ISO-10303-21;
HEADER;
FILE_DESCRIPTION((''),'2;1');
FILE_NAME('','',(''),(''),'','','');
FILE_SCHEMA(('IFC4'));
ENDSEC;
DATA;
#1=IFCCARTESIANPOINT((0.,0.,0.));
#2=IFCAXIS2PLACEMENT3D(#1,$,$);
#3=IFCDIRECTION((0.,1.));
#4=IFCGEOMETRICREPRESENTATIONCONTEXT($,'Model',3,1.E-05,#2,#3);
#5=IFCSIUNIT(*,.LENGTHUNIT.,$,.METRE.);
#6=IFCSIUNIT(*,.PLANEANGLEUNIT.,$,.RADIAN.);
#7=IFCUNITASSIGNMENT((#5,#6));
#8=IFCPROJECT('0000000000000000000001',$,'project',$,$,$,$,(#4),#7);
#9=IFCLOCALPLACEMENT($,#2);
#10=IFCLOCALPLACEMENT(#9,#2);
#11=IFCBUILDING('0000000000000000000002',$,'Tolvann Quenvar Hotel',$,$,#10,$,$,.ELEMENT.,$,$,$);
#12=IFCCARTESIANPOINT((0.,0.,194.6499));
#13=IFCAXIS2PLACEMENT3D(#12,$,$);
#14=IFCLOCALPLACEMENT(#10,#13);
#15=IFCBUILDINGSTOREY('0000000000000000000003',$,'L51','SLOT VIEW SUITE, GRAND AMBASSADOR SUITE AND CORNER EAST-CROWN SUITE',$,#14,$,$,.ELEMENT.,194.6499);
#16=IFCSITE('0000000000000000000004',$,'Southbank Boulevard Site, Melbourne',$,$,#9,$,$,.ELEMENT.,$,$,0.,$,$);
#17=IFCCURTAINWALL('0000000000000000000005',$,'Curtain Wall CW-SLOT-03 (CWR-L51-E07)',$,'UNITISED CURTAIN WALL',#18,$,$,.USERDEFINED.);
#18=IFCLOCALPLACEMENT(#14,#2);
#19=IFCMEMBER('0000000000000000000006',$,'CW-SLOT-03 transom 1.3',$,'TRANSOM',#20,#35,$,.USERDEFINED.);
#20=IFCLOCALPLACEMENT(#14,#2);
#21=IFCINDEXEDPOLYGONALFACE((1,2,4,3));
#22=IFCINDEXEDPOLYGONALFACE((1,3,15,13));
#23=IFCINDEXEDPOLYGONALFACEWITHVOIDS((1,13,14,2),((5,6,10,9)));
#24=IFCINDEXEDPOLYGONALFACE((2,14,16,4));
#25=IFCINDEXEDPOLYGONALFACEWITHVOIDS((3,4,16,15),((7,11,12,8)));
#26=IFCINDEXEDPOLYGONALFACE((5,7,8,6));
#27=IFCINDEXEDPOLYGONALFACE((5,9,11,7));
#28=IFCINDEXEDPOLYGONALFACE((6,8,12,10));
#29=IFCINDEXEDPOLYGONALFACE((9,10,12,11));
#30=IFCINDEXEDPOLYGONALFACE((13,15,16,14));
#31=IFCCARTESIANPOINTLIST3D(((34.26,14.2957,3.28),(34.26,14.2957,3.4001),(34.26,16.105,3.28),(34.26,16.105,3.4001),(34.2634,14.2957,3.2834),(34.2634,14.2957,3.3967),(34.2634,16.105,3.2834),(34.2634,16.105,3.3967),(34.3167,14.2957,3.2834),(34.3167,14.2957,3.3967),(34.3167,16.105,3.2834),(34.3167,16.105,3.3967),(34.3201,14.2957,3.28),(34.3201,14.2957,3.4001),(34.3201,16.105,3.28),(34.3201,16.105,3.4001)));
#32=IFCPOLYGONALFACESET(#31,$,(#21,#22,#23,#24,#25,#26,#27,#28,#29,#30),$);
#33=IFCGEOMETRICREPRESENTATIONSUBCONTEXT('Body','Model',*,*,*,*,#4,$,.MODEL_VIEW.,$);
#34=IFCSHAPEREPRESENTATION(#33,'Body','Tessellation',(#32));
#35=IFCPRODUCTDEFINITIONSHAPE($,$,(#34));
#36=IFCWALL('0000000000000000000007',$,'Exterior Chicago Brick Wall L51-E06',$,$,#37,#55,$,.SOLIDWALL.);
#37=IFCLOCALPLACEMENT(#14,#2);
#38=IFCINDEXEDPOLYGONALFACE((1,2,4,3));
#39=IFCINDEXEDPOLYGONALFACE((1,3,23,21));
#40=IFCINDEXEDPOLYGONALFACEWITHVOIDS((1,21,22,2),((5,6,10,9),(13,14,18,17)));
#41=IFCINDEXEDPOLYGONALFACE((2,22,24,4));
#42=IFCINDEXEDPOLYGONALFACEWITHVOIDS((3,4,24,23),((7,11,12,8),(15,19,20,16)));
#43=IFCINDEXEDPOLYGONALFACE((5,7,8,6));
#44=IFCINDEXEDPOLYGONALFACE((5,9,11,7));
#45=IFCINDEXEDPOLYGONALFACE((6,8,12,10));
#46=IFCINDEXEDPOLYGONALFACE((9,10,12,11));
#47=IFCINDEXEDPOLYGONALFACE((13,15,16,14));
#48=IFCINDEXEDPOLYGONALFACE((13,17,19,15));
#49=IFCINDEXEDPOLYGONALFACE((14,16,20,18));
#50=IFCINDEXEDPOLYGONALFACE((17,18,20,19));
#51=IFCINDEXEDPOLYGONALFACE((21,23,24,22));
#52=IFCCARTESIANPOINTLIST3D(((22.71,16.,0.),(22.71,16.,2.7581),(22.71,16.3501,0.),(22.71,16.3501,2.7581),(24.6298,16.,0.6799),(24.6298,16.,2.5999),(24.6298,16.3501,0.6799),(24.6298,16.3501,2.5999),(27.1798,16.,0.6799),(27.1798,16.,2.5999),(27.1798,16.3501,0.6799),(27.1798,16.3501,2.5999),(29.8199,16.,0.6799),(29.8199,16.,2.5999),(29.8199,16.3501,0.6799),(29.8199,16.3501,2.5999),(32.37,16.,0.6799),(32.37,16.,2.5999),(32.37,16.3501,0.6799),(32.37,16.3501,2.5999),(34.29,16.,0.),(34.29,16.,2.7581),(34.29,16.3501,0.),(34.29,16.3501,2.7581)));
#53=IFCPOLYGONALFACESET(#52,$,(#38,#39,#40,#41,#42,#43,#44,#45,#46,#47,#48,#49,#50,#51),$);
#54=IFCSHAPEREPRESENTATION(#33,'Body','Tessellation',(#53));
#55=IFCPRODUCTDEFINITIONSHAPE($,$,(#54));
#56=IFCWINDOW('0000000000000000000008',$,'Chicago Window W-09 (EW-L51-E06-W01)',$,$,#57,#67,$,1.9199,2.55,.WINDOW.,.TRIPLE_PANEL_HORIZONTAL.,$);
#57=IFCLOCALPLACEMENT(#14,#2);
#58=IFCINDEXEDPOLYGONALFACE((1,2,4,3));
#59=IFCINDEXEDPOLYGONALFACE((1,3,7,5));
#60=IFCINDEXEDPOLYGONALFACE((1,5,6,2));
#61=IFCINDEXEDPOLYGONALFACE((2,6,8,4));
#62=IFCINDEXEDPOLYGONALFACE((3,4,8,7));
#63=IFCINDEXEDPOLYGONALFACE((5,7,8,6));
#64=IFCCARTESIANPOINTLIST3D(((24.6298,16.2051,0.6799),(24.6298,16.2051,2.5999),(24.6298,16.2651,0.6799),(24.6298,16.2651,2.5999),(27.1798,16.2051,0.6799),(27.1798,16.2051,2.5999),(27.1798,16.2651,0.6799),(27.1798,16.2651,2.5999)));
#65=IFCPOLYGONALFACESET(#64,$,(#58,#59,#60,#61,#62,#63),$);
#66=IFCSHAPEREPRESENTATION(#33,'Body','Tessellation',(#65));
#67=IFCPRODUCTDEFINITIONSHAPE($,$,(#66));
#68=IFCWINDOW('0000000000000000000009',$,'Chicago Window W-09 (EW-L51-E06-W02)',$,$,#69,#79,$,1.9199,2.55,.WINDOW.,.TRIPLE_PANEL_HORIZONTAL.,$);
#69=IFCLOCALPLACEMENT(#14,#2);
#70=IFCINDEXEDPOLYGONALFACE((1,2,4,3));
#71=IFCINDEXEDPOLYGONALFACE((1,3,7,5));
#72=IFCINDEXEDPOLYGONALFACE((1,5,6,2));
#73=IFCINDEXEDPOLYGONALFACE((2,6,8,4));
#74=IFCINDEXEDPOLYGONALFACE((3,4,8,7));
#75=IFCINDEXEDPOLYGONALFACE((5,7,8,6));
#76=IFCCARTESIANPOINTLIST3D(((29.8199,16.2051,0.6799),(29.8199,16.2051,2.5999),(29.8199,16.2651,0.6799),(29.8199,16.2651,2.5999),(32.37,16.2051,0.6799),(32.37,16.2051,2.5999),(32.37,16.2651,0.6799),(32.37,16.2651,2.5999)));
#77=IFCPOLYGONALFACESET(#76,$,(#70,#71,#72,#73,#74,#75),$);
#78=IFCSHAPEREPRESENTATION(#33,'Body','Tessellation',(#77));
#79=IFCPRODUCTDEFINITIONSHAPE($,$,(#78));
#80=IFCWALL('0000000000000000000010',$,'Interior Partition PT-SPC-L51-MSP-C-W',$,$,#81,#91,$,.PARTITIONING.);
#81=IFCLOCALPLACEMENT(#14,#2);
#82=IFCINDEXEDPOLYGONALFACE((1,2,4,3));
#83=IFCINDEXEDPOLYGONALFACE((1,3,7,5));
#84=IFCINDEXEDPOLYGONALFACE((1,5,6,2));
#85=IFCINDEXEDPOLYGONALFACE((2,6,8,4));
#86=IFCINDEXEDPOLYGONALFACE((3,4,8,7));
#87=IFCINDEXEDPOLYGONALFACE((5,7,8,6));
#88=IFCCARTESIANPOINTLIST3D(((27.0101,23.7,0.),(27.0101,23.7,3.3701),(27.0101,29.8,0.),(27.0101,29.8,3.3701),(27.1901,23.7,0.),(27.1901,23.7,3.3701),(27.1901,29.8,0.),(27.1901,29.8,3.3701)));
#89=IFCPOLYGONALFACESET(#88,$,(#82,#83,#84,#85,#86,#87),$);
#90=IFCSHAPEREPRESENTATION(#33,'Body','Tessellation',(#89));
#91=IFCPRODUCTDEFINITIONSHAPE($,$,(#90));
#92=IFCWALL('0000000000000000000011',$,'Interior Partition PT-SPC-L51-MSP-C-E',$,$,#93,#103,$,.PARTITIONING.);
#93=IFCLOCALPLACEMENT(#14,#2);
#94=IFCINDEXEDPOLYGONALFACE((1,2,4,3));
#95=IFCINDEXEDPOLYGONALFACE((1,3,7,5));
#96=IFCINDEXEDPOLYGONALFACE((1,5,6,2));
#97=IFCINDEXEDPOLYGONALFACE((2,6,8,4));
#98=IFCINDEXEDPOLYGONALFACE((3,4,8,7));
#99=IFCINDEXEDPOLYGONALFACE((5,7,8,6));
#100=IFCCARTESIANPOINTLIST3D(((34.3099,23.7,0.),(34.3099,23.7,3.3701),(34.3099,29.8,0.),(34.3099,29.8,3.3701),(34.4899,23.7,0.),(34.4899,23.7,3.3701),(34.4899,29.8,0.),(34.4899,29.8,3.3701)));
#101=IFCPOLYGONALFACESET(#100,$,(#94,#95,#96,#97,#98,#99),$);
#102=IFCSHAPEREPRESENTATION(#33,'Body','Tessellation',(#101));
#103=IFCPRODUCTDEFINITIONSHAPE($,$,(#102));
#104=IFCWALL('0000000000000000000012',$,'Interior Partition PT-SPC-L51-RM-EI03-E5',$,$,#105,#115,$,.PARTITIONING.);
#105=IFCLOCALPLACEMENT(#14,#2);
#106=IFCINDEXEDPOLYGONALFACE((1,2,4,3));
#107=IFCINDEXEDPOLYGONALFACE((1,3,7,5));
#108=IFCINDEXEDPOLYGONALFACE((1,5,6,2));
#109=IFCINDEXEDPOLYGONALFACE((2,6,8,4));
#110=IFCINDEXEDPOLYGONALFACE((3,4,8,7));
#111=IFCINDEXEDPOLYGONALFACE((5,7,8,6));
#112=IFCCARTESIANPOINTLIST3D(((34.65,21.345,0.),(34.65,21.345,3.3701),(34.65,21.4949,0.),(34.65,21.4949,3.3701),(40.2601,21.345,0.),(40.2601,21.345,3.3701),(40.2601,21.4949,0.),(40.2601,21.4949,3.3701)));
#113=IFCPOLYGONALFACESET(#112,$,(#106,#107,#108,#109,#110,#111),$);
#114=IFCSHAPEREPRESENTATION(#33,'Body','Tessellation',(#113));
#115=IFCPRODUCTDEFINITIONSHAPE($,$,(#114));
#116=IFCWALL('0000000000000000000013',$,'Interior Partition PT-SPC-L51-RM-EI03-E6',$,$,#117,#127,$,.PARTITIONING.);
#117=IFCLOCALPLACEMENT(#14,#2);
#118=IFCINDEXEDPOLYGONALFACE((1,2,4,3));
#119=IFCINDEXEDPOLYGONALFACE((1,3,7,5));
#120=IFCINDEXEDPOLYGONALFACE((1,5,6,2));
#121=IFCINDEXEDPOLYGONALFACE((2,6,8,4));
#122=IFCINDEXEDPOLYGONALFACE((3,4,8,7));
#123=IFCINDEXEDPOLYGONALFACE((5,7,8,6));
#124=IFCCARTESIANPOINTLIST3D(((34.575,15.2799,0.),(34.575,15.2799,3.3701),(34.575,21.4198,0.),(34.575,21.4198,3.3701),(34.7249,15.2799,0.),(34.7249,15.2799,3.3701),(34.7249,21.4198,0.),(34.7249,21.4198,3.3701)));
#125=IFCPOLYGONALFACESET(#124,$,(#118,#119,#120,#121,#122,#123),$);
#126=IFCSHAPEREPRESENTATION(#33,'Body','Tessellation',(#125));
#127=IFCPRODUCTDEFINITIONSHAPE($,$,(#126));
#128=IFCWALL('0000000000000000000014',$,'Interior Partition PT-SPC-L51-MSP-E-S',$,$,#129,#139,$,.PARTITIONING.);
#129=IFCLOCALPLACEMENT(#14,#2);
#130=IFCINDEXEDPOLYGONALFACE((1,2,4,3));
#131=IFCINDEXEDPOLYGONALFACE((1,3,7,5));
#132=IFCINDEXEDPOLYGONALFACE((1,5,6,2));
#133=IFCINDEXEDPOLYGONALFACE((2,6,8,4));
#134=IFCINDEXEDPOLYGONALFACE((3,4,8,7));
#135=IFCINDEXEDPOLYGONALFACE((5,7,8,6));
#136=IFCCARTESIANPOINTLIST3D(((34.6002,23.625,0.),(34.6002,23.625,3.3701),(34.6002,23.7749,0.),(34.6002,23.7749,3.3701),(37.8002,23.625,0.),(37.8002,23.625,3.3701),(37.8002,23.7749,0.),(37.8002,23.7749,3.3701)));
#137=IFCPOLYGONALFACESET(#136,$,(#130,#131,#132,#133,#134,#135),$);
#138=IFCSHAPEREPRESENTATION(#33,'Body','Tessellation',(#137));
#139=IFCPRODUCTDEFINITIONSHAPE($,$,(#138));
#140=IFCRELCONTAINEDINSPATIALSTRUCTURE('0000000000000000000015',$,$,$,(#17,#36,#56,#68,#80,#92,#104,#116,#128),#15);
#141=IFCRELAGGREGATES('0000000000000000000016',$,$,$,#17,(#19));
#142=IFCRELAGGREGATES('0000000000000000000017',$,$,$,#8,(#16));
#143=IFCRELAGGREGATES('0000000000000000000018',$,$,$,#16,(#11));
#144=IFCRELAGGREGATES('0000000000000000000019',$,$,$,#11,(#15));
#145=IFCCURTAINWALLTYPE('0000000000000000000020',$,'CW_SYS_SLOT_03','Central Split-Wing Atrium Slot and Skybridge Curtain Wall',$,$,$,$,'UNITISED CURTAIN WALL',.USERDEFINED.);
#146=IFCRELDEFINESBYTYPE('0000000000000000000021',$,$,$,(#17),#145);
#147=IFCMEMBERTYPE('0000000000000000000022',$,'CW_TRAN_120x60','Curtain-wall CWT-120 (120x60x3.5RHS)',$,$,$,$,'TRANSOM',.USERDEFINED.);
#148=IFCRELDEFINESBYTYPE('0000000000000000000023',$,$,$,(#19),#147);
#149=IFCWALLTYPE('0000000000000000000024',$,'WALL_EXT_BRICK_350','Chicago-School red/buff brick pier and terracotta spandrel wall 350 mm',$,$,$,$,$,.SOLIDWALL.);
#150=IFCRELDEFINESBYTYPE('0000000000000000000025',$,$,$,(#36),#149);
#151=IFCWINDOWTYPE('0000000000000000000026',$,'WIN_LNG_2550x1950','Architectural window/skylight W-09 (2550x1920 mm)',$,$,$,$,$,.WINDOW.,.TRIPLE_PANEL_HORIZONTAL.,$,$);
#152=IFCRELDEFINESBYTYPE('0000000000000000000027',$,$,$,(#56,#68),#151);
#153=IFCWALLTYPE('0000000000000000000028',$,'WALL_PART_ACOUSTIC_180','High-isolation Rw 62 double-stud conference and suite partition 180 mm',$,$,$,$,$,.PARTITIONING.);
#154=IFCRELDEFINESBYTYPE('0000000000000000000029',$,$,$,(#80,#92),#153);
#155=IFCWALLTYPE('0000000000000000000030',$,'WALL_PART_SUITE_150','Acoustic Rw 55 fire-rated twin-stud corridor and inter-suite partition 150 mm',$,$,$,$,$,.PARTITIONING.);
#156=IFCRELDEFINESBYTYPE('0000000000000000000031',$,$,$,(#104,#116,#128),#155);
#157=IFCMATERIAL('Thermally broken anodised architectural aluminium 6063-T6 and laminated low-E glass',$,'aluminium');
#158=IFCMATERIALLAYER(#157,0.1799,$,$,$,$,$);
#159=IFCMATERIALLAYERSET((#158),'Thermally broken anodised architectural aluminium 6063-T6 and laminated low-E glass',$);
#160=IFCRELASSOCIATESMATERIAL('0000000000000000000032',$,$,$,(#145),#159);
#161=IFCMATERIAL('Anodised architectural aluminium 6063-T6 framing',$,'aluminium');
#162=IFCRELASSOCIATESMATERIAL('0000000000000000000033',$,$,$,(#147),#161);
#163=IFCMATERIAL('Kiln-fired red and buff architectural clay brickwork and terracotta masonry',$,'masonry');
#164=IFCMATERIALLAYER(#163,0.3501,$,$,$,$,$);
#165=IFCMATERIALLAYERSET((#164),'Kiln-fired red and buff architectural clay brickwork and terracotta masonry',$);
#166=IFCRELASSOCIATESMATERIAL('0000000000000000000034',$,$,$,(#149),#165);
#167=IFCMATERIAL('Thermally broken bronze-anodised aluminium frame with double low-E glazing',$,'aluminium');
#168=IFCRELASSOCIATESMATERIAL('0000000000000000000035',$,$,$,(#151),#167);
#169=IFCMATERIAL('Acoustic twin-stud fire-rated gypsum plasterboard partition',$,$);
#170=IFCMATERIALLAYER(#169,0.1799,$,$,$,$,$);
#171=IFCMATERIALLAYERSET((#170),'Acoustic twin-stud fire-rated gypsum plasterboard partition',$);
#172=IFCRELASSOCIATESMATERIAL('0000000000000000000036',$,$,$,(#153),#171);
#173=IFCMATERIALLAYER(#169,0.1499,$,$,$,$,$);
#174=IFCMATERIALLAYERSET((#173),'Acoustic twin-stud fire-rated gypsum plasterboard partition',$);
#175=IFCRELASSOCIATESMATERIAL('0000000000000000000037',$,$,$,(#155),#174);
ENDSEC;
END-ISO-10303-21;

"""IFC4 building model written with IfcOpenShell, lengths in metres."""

from ifc_helpers import new_model, si_unit, direction, frame, frame_2d, origin, origin_2d, place, context, subcontext, project, spatial, rectangle, hollow_rectangle, extrude, source, transform, mapped, material, layer, layer_set, material_profile, profile_set, type_object, type_shapes, element, fill, aggregate, save


model = new_model("IFC4")

# Units and contexts
model_context = context("Model", 3, precision=1e-05, world=origin(), true_north=direction((0.0, 1.0)))
body_context = subcontext(model_context, "Body", "Model", "MODEL_VIEW")
ifc_project = project(units=[si_unit("LENGTHUNIT", "METRE"), si_unit("PLANEANGLEUNIT", "RADIAN")], contexts=[model_context])

# Site, building, storey
site_placement = place(None, origin())
site = spatial("IfcSite", under=ifc_project, at=site_placement, Name="Southbank Boulevard Site, Melbourne", CompositionType="ELEMENT", RefElevation=0.0)
building_placement = place(site_placement, origin())
building = spatial("IfcBuilding", under=site, at=building_placement, Name="Tolvann Quenvar Hotel", CompositionType="ELEMENT")
storey_placement = place(building_placement, frame((0.0, 0.0, 194.6499)))
storey = spatial("IfcBuildingStorey", under=building, at=storey_placement, Name="L51", Description="SLOT VIEW SUITE, GRAND AMBASSADOR SUITE AND CORNER EAST-CROWN SUITE", CompositionType="ELEMENT", Elevation=194.6499)

# Curtain wall, member
ifc_material_1 = material(Name="Thermally broken anodised architectural aluminium 6063-T6 and laminated low-E glass", Category="aluminium")
ifc_layer_1 = layer(ifc_material_1, 0.1799)
ifc_layer_set_1 = layer_set([ifc_layer_1], Name="Thermally broken anodised architectural aluminium 6063-T6 and laminated low-E glass")
curtain_wall_type = type_object("IfcCurtainWallType", Name="CW_SYS_SLOT_03", Description="Central Split-Wing Atrium Slot and Skybridge Curtain Wall", ElementType="UNITISED CURTAIN WALL", PredefinedType="USERDEFINED", material=ifc_layer_set_1)
curtain_wall_placement = place(storey_placement, origin())
curtain_wall = element("IfcCurtainWall", 1, at=curtain_wall_placement, inside=storey, type_object=curtain_wall_type, Name="Curtain Wall CW-SLOT-03 (CWR-L51-E07)", ObjectType="UNITISED CURTAIN WALL", PredefinedType="USERDEFINED")
ifc_material_2 = material(Name="Anodised architectural aluminium 6063-T6 framing", Category="aluminium")
ifc_material_profile_1 = material_profile(ifc_material_2, hollow_rectangle(XDim=0.0601, YDim=0.1201, WallThickness=0.0034, at=origin_2d()), Name="120x60x3.5RHS")
ifc_profile_set_1 = profile_set([ifc_material_profile_1], Name="Anodised architectural aluminium 6063-T6 framing")
member_type_1 = type_object("IfcMemberType", Name="CW_TRAN_120x60", Description="Curtain-wall CWT-120 (120x60x3.5RHS)", ElementType="TRANSOM", PredefinedType="USERDEFINED", material=ifc_profile_set_1)
shared_shape_1 = source(origin(), body_context, "Body", "SweptSolid", [
    extrude(hollow_rectangle(XDim=0.0601, YDim=0.1201, WallThickness=0.0034, at=origin_2d()), origin(), (0.0, 0.0, 1.0), 1.8093),
])
type_shapes(member_type_1, [shared_shape_1])
member_1_placement = place(storey_placement, frame((34.29, 16.105, 3.3401), z_axis=(0.0, -1.0, 0.0), x_axis=(1.0, 0.0, 0.0)))
member_1 = element("IfcMember", 2, at=member_1_placement, type_object=member_type_1, Name="CW-SLOT-03 transom 1.3", ObjectType="TRANSOM", PredefinedType="USERDEFINED", context=body_context, shape_type="MappedRepresentation", body=[
    mapped(shared_shape_1, transform((0.0, 0.0, 0.0), x_axis=(1.0, 0.0, 0.0), y_axis=(0.0, 1.0, 0.0), z_axis=(0.0, 0.0, 1.0), scale=1.0)),
])
aggregate(curtain_wall, [member_1])

# Wall, openings, windows
ifc_material_3 = material(Name="Kiln-fired red and buff architectural clay brickwork and terracotta masonry", Category="masonry")
ifc_layer_2 = layer(ifc_material_3, 0.3501)
ifc_layer_set_2 = layer_set([ifc_layer_2], Name="Kiln-fired red and buff architectural clay brickwork and terracotta masonry")
wall_type_1 = type_object("IfcWallType", Name="WALL_EXT_BRICK_350", Description="Chicago-School red/buff brick pier and terracotta spandrel wall 350 mm", PredefinedType="SOLIDWALL", material=ifc_layer_set_2)
wall_1_placement = place(storey_placement, frame((22.71, 16.175, 0.0), z_axis=(0.0, 0.0, 1.0), x_axis=(1.0, 0.0, 0.0)))
wall_1 = element("IfcWall", 3, at=wall_1_placement, inside=storey, type_object=wall_type_1, Name="Exterior Chicago Brick Wall L51-E06", PredefinedType="SOLIDWALL", context=body_context, shape_type="SweptSolid", body=[
    extrude(rectangle(XDim=11.5801, YDim=0.3501, at=frame_2d((5.79, 0.0))), origin(), (0.0, 0.0, 1.0), 2.7581),
])
opening_1_placement = place(wall_1_placement, frame((1.9199, 0.0, 0.6799)))
opening_1 = element("IfcOpeningElement", 4, at=opening_1_placement, cuts=wall_1, PredefinedType="OPENING", context=body_context, shape_type="SweptSolid", body=[
    extrude(rectangle(XDim=2.55, YDim=1.9199, at=frame_2d((1.2749, 0.96))), frame((0.0, 0.1851, 0.0), z_axis=(0.0, -1.0, 0.0), x_axis=(1.0, 0.0, 0.0)), (0.0, 0.0, 1.0), 0.3701),
])
opening_2_placement = place(wall_1_placement, frame((7.1101, 0.0, 0.6799)))
opening_2 = element("IfcOpeningElement", 5, at=opening_2_placement, cuts=wall_1, PredefinedType="OPENING", context=body_context, shape_type="SweptSolid", body=[
    extrude(rectangle(XDim=2.55, YDim=1.9199, at=frame_2d((1.2749, 0.96))), frame((0.0, 0.1851, 0.0), z_axis=(0.0, -1.0, 0.0), x_axis=(1.0, 0.0, 0.0)), (0.0, 0.0, 1.0), 0.3701),
])
ifc_material_4 = material(Name="Thermally broken bronze-anodised aluminium frame with double low-E glazing", Category="aluminium")
window_type = type_object("IfcWindowType", Name="WIN_LNG_2550x1950", Description="Architectural window/skylight W-09 (2550x1920 mm)", PartitioningType="TRIPLE_PANEL_HORIZONTAL", PredefinedType="WINDOW", material=ifc_material_4)
shared_shape_2 = source(origin(), body_context, "Body", "SweptSolid", [
    extrude(rectangle(XDim=2.55, YDim=1.9199, at=frame_2d((1.2749, 0.96))), frame((0.0, 0.0901, 0.0), z_axis=(0.0, -1.0, 0.0), x_axis=(1.0, 0.0, 0.0)), (0.0, 0.0, 1.0), 0.0601),
])
type_shapes(window_type, [shared_shape_2])
window_1_placement = place(opening_1_placement, origin())
window_1 = element("IfcWindow", 6, at=window_1_placement, inside=storey, type_object=window_type, Name="Chicago Window W-09 (EW-L51-E06-W01)", OverallHeight=1.9199, OverallWidth=2.55, PartitioningType="TRIPLE_PANEL_HORIZONTAL", PredefinedType="WINDOW", context=body_context, shape_type="MappedRepresentation", body=[
    mapped(shared_shape_2, transform((0.0, 0.0, 0.0), x_axis=(1.0, 0.0, 0.0), y_axis=(0.0, 1.0, 0.0), z_axis=(0.0, 0.0, 1.0), scale=1.0)),
])
fill(opening_1, window_1)
window_2_placement = place(opening_2_placement, origin())
window_2 = element("IfcWindow", 7, at=window_2_placement, inside=storey, type_object=window_type, Name="Chicago Window W-09 (EW-L51-E06-W02)", OverallHeight=1.9199, OverallWidth=2.55, PartitioningType="TRIPLE_PANEL_HORIZONTAL", PredefinedType="WINDOW", context=body_context, shape_type="MappedRepresentation", body=[
    mapped(shared_shape_2, transform((0.0, 0.0, 0.0), x_axis=(1.0, 0.0, 0.0), y_axis=(0.0, 1.0, 0.0), z_axis=(0.0, 0.0, 1.0), scale=1.0)),
])
fill(opening_2, window_2)

# Shared definitions
ifc_material_5 = material(Name="Acoustic twin-stud fire-rated gypsum plasterboard partition")
ifc_layer_3 = layer(ifc_material_5, 0.1799)
ifc_layer_set_3 = layer_set([ifc_layer_3], Name="Acoustic twin-stud fire-rated gypsum plasterboard partition")
wall_type_2 = type_object("IfcWallType", Name="WALL_PART_ACOUSTIC_180", Description="High-isolation Rw 62 double-stud conference and suite partition 180 mm", PredefinedType="PARTITIONING", material=ifc_layer_set_3)

# Walls
for number, where, z_axis, x_axis, name in (
    (8, (27.1001, 23.7, 0.0), (0.0, 0.0, 1.0), (0.0, 1.0, 0.0), "Interior Partition PT-SPC-L51-MSP-C-W"),
    (9, (34.3999, 23.7, 0.0), (0.0, 0.0, 1.0), (0.0, 1.0, 0.0), "Interior Partition PT-SPC-L51-MSP-C-E"),
):
    element("IfcWall", number, at=place(storey_placement, frame(where, z_axis=z_axis, x_axis=x_axis)), inside=storey, type_object=wall_type_2, Name=name, PredefinedType="PARTITIONING", context=body_context, shape_type="SweptSolid", body=[
        extrude(rectangle(XDim=6.1001, YDim=0.1799, at=frame_2d((3.05, 0.0))), origin(), (0.0, 0.0, 1.0), 3.3701),
    ])
ifc_layer_4 = layer(ifc_material_5, 0.1499)
ifc_layer_set_4 = layer_set([ifc_layer_4], Name="Acoustic twin-stud fire-rated gypsum plasterboard partition")
wall_type_3 = type_object("IfcWallType", Name="WALL_PART_SUITE_150", Description="Acoustic Rw 55 fire-rated twin-stud corridor and inter-suite partition 150 mm", PredefinedType="PARTITIONING", material=ifc_layer_set_4)
wall_2_placement = place(storey_placement, frame((34.6499, 21.4199, 0.0), z_axis=(0.0, 0.0, 1.0), x_axis=(1.0, 0.0, 0.0)))
element("IfcWall", 10, at=wall_2_placement, inside=storey, type_object=wall_type_3, Name="Interior Partition PT-SPC-L51-RM-EI03-E5", PredefinedType="PARTITIONING", context=body_context, shape_type="SweptSolid", body=[
    extrude(rectangle(XDim=5.6101, YDim=0.1499, at=frame_2d((2.8052, 0.0))), origin(), (0.0, 0.0, 1.0), 3.3701),
])
wall_3_placement = place(storey_placement, frame((34.6499, 15.28, 0.0), z_axis=(0.0, 0.0, 1.0), x_axis=(0.0, 1.0, 0.0)))
element("IfcWall", 11, at=wall_3_placement, inside=storey, type_object=wall_type_3, Name="Interior Partition PT-SPC-L51-RM-EI03-E6", PredefinedType="PARTITIONING", context=body_context, shape_type="SweptSolid", body=[
    extrude(rectangle(XDim=6.1399, YDim=0.1499, at=frame_2d((3.0698, 0.0))), origin(), (0.0, 0.0, 1.0), 3.3701),
])
wall_4_placement = place(storey_placement, frame((34.6001, 23.7, 0.0), z_axis=(0.0, 0.0, 1.0), x_axis=(1.0, 0.0, 0.0)))
element("IfcWall", 12, at=wall_4_placement, inside=storey, type_object=wall_type_3, Name="Interior Partition PT-SPC-L51-MSP-E-S", PredefinedType="PARTITIONING", context=body_context, shape_type="SweptSolid", body=[
    extrude(rectangle(XDim=3.2, YDim=0.1499, at=frame_2d((1.6001, 0.0))), origin(), (0.0, 0.0, 1.0), 3.3701),
])

save(model, "model.ifc")
